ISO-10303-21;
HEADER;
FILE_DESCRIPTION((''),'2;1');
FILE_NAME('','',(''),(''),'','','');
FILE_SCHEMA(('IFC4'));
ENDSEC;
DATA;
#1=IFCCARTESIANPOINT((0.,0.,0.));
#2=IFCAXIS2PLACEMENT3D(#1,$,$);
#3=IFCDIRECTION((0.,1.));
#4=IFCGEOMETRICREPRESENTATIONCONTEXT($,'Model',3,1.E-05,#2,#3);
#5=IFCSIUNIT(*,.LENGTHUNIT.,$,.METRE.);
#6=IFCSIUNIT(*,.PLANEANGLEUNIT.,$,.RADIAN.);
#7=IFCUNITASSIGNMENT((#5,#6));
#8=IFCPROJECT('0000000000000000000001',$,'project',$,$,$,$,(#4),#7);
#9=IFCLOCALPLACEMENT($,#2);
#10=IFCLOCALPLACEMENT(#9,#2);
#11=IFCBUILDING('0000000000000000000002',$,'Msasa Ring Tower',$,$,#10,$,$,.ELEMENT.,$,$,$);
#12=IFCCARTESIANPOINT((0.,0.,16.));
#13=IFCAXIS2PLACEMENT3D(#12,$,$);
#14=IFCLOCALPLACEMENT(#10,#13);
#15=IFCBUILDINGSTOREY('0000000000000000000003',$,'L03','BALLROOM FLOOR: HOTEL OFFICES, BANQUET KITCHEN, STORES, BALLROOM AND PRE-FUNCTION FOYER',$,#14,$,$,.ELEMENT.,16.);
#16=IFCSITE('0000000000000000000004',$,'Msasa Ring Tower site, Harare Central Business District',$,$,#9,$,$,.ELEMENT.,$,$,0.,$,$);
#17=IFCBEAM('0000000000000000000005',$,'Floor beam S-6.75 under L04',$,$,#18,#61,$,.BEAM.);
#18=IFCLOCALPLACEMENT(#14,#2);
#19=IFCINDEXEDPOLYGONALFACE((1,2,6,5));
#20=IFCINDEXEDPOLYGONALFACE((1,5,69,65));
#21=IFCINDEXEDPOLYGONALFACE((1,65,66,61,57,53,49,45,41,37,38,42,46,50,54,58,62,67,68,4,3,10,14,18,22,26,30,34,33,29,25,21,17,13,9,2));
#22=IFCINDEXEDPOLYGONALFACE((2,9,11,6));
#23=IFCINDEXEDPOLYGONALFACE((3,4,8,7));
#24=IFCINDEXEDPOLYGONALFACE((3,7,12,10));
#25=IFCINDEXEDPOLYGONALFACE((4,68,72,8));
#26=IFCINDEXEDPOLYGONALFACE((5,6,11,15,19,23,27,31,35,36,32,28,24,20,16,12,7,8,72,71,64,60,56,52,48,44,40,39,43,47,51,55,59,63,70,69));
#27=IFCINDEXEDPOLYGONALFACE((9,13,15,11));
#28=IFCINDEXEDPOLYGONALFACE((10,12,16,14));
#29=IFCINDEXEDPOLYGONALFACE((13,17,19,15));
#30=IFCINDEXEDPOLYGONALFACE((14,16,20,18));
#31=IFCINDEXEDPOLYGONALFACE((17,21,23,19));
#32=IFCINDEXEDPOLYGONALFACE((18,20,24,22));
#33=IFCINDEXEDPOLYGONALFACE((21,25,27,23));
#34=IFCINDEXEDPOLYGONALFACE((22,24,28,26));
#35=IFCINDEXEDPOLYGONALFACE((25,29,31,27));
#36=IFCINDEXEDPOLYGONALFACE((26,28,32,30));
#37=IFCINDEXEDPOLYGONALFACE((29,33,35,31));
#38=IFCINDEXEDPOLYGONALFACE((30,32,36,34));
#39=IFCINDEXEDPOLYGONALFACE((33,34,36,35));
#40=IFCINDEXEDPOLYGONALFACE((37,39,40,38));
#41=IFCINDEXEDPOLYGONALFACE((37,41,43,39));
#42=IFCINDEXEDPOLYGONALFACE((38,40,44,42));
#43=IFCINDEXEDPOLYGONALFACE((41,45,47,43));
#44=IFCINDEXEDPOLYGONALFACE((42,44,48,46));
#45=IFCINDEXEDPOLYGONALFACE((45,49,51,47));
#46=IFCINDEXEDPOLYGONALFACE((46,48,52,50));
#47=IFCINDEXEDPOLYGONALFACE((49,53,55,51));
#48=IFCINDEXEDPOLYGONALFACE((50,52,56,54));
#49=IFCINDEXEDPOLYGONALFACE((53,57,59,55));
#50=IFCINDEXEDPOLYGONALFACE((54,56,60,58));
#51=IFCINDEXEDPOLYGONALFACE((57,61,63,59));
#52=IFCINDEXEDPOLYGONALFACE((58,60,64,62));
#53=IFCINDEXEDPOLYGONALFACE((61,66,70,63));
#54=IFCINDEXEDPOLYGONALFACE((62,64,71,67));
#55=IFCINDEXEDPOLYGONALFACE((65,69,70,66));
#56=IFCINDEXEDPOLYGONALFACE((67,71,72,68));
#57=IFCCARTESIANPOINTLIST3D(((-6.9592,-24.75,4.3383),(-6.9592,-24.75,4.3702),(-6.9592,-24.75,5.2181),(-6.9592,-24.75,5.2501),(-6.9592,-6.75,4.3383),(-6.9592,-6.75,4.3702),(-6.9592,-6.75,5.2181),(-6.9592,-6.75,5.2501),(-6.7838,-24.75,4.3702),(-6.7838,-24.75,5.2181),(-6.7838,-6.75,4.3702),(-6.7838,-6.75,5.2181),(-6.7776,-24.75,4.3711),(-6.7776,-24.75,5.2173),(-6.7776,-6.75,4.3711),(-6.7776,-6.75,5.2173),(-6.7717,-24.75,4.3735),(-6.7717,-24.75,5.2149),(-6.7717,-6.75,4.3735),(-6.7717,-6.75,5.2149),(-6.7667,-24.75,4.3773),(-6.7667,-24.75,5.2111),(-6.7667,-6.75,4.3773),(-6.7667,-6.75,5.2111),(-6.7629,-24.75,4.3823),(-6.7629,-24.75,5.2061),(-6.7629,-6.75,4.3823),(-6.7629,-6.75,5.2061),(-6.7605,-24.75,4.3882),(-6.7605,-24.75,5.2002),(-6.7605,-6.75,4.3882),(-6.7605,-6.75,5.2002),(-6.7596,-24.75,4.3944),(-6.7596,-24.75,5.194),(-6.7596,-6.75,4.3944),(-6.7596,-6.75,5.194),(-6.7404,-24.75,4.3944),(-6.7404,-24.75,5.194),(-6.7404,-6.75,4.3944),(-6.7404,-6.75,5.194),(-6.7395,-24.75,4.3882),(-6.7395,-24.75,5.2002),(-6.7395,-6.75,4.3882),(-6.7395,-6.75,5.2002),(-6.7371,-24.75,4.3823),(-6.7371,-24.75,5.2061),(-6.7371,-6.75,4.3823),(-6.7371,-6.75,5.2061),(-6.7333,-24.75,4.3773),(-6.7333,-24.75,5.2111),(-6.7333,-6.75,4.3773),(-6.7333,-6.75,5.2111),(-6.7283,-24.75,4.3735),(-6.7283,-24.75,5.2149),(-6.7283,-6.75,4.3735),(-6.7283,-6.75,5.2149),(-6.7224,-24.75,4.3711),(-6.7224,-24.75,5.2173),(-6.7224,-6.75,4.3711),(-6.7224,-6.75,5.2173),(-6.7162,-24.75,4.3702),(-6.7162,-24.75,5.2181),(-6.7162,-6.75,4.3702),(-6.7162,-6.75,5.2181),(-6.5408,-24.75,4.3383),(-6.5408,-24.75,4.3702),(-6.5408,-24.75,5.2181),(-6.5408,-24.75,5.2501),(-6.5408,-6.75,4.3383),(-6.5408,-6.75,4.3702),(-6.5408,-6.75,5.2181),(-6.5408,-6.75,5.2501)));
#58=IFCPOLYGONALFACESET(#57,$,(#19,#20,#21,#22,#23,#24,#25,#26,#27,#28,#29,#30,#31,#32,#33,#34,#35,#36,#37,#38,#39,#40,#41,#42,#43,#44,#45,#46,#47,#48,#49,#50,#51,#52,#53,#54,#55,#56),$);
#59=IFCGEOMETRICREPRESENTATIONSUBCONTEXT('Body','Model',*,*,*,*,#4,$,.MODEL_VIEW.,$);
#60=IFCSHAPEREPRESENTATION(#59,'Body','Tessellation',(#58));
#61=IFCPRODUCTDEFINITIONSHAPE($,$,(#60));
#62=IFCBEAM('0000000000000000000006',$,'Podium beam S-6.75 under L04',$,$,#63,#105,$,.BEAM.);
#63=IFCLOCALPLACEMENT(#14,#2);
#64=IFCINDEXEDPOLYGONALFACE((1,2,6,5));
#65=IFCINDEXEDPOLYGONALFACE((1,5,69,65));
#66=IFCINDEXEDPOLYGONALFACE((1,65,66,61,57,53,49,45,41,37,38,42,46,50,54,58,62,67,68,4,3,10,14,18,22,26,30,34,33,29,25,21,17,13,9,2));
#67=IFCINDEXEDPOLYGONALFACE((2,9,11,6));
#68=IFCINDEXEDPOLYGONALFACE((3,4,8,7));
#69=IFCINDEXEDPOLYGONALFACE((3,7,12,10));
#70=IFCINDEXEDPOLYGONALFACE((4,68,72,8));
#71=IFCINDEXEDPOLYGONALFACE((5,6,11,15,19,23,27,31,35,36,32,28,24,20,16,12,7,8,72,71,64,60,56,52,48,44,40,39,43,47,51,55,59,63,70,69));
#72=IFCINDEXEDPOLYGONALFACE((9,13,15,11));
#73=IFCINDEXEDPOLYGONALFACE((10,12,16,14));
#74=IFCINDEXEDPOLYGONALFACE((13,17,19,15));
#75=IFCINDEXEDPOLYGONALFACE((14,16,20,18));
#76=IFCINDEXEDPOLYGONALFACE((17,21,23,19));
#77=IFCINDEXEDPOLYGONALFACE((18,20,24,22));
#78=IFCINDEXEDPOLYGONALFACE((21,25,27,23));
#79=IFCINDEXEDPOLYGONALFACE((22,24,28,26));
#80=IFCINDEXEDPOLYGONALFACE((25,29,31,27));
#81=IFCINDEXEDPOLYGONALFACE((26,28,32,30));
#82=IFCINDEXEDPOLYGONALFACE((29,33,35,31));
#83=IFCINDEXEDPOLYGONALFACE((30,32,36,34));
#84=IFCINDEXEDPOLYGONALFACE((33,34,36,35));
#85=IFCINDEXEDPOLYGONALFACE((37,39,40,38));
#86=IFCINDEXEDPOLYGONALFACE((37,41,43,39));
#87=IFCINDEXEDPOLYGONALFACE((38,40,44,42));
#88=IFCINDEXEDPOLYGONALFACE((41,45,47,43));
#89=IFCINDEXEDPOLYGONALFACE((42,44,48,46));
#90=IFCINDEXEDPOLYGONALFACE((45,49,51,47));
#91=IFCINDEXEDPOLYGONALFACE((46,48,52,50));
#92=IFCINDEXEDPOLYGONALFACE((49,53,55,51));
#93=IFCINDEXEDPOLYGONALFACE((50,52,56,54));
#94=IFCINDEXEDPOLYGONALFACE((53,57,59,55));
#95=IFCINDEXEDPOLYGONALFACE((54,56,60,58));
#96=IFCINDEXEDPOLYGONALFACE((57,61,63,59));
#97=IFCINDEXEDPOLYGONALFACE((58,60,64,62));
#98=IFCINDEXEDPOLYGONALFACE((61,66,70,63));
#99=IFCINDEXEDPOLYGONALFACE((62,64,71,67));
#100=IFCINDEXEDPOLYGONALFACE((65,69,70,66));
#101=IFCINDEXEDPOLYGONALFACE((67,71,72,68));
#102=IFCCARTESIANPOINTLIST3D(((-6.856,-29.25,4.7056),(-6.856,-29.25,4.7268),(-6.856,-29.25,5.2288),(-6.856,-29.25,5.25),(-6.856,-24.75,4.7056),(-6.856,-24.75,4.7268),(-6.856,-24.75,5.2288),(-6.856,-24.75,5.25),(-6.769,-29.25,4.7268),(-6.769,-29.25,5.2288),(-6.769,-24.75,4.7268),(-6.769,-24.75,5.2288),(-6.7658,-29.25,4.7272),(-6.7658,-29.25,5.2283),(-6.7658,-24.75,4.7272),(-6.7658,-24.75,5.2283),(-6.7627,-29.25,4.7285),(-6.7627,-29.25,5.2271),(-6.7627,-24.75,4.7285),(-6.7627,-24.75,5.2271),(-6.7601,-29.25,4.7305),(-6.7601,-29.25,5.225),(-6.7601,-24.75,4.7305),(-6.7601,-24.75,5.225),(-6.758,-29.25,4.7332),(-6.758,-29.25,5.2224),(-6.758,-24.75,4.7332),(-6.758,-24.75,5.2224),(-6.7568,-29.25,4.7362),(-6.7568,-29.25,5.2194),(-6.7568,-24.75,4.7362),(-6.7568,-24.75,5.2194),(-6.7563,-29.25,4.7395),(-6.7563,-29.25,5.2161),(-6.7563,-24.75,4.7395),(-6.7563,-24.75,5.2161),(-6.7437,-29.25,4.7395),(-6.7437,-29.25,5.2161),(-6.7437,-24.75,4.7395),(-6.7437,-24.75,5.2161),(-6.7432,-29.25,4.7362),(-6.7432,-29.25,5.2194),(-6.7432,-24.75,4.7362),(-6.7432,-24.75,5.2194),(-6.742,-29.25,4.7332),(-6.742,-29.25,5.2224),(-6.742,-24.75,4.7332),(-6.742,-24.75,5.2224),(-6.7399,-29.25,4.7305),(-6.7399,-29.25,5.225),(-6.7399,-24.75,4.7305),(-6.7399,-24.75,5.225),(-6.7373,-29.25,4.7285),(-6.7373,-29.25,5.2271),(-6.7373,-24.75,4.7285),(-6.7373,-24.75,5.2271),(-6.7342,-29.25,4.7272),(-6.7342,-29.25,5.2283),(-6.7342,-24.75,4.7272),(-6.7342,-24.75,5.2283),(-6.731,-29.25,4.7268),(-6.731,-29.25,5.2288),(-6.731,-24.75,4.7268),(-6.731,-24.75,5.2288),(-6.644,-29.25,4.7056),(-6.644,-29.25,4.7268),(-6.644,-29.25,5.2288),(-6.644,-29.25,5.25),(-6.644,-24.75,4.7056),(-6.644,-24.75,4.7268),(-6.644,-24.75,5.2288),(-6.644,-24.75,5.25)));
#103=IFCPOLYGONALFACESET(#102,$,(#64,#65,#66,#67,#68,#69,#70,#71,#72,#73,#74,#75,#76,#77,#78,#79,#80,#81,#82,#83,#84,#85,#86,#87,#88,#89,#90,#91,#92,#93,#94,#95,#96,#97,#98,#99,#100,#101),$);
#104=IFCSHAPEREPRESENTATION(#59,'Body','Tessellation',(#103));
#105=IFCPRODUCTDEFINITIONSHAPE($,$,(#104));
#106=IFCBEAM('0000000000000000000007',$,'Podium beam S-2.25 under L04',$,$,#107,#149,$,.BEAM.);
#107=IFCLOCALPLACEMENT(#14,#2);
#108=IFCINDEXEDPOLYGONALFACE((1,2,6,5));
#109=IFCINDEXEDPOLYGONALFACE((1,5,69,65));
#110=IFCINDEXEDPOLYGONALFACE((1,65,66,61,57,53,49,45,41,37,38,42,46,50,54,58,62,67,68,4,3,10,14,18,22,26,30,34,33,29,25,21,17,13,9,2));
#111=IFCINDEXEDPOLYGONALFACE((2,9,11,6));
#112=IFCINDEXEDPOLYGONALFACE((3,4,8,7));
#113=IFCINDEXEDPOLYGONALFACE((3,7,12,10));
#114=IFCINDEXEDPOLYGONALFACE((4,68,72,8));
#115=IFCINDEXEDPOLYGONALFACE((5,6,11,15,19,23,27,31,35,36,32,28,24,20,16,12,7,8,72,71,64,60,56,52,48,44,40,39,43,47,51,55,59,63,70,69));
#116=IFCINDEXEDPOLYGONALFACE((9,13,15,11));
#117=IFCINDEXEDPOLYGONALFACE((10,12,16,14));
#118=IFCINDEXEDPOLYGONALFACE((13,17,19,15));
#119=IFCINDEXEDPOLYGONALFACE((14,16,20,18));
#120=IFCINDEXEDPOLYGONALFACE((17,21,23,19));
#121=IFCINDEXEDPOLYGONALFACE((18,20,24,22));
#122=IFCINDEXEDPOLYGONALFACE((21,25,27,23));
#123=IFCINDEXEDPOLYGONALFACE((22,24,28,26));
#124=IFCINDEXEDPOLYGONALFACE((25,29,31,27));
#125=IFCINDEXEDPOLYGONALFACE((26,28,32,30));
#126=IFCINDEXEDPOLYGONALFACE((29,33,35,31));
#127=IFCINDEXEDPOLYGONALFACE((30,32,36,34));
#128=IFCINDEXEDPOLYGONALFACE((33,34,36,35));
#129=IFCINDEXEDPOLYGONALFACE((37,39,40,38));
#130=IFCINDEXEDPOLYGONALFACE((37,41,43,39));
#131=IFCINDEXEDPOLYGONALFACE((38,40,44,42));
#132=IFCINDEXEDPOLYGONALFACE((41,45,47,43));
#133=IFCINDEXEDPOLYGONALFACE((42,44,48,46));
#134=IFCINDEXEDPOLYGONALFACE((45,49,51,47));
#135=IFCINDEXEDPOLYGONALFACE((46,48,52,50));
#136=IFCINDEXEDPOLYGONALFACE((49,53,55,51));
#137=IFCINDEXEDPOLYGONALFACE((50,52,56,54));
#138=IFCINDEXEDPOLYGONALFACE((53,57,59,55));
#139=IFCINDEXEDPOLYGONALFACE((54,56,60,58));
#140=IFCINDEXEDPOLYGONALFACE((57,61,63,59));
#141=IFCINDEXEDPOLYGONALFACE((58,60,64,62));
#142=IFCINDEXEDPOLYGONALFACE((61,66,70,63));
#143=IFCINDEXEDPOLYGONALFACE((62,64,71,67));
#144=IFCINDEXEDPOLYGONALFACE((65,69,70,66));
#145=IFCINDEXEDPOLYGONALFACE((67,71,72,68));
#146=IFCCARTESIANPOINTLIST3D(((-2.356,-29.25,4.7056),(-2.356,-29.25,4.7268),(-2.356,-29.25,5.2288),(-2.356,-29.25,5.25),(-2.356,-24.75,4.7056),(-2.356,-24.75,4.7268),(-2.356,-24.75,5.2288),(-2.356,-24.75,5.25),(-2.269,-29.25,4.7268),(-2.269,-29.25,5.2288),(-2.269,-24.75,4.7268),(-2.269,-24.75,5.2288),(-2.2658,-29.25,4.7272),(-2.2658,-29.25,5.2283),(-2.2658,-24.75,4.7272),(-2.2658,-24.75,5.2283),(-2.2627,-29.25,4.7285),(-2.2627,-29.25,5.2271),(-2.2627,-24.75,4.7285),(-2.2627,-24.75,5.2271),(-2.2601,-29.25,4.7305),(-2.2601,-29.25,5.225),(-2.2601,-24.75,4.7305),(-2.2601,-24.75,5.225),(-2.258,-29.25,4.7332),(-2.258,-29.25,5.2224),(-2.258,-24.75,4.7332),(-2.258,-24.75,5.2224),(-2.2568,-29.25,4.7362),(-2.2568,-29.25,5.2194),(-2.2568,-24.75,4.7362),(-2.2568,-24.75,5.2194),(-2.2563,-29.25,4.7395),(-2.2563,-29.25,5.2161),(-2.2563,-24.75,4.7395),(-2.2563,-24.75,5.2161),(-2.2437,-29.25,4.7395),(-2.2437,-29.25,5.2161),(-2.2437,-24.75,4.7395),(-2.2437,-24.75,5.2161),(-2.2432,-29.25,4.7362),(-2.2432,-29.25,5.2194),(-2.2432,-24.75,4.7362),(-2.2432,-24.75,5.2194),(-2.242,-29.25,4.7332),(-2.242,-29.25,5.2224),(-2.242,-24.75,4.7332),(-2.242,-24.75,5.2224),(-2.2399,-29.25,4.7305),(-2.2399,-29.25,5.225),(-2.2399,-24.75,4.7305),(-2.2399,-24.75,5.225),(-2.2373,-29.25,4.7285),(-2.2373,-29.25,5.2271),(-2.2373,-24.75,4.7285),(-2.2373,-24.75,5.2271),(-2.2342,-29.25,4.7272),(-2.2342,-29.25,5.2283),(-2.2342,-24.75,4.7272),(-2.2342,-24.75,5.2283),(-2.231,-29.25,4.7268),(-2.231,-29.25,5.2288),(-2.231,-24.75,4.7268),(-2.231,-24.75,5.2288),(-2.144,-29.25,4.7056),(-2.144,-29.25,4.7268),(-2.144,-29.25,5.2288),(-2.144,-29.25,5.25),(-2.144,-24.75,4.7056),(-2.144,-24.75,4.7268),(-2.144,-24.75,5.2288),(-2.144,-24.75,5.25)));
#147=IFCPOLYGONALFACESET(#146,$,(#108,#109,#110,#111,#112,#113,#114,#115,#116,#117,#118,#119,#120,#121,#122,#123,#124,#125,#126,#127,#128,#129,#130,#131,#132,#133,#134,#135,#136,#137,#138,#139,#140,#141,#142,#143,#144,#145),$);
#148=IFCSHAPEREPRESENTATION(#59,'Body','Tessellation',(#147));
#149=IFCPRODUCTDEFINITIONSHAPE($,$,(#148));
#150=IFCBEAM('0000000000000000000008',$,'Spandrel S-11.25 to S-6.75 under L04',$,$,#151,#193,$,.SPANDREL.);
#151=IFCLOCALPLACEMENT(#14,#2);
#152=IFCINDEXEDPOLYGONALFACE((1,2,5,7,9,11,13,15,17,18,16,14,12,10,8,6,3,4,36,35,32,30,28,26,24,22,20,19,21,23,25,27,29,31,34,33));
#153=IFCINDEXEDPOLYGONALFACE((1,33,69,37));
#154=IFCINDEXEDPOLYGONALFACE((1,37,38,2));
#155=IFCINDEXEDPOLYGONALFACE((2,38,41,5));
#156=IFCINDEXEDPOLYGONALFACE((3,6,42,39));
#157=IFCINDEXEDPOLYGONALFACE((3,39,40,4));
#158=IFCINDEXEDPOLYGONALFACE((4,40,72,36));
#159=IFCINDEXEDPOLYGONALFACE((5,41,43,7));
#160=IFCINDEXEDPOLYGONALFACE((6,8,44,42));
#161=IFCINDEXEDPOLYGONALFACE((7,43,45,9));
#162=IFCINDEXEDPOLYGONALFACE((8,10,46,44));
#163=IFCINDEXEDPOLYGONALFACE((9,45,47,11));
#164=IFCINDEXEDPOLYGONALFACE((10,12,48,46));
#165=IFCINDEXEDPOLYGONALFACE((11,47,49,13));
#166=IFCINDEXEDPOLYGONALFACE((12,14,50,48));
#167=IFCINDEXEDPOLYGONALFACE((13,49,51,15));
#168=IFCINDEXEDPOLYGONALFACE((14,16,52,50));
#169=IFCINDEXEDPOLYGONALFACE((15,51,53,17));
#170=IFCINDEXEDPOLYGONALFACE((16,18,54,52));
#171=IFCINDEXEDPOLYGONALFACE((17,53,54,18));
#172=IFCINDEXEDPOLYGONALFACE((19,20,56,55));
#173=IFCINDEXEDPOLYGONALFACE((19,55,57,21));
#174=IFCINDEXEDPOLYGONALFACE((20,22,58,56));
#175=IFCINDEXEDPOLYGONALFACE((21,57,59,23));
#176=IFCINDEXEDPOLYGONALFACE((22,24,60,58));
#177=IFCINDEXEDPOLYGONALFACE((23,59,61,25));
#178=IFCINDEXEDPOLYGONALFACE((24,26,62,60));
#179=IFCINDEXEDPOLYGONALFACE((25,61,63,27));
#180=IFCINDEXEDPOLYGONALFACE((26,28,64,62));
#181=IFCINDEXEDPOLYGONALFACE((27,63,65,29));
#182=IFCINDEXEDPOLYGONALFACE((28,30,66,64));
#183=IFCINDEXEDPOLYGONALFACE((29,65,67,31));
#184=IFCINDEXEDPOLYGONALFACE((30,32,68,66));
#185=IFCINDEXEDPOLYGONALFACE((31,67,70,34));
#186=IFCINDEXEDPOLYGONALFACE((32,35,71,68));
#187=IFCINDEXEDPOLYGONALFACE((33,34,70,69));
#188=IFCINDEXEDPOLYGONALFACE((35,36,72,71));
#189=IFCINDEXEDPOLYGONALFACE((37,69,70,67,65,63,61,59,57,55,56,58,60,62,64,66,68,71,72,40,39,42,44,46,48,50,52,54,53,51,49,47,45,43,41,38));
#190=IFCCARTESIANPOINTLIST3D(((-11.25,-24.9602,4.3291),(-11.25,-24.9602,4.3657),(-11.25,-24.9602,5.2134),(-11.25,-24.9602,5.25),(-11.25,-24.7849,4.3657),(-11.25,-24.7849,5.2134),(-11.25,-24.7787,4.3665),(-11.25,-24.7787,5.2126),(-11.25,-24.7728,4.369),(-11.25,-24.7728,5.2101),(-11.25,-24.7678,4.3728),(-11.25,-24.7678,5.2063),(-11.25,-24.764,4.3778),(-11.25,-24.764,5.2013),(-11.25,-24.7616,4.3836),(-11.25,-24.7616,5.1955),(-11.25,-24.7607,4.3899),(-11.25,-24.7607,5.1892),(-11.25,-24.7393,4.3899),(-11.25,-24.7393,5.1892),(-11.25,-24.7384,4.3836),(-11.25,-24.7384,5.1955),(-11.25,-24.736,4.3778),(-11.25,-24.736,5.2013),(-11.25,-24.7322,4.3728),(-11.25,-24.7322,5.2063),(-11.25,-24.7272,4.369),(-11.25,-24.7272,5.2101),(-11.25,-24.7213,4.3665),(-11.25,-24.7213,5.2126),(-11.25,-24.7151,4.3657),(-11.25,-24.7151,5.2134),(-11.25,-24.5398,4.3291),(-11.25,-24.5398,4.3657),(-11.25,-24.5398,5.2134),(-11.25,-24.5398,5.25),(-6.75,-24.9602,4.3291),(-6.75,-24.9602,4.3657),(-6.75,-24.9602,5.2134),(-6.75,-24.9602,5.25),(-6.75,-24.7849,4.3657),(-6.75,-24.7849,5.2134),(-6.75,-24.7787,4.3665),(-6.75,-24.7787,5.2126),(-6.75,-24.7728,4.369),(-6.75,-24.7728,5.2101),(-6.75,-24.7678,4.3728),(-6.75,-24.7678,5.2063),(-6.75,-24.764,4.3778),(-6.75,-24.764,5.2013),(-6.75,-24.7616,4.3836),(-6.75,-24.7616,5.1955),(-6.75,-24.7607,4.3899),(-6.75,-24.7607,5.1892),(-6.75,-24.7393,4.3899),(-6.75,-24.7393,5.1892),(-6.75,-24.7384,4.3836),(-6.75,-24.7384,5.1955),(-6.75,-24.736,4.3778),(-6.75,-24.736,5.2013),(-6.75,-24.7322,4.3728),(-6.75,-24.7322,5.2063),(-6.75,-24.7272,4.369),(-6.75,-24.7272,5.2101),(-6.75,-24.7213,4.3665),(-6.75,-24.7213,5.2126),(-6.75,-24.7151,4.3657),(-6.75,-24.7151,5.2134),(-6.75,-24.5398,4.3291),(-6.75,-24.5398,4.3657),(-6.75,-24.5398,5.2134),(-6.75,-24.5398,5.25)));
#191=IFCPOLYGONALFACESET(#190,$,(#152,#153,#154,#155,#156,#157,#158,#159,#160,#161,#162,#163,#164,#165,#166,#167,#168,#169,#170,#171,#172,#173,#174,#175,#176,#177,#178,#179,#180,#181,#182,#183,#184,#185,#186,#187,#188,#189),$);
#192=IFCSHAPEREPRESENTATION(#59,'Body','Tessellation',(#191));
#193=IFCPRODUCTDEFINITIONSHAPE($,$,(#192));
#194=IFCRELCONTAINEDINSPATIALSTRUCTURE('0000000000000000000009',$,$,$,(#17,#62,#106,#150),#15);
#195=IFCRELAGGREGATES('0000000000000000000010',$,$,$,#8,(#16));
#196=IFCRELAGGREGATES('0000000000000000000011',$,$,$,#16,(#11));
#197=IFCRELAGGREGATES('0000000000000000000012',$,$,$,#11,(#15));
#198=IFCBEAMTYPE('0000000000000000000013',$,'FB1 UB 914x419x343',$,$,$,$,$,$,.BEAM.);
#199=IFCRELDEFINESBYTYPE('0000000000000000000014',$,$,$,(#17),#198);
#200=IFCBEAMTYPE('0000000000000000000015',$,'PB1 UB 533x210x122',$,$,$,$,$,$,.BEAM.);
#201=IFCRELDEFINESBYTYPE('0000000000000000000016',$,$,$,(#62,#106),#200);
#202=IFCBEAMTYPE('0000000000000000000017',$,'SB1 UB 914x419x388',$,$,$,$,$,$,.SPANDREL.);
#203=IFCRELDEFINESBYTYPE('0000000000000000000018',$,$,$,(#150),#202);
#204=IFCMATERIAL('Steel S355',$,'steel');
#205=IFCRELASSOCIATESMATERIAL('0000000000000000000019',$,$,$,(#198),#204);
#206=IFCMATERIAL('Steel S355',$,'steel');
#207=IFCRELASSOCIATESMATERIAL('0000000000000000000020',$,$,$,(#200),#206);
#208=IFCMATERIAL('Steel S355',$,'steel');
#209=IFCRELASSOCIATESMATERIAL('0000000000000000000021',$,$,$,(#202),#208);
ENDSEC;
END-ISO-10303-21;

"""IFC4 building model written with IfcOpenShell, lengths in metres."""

from ifc_helpers import new_model, si_unit, direction, frame, origin, origin_2d, place, context, subcontext, project, spatial, i_section, extrude, material, material_profile, profile_set, type_object, element, save


model = new_model("IFC4")

# Units and contexts
model_context = context("Model", 3, precision=1e-05, world=origin(), true_north=direction((0.0, 1.0)))
body_context = subcontext(model_context, "Body", "Model", "MODEL_VIEW")
ifc_project = project(units=[si_unit("LENGTHUNIT", "METRE"), si_unit("PLANEANGLEUNIT", "RADIAN")], contexts=[model_context])

# Site, building, storey
site_placement = place(None, origin())
site = spatial("IfcSite", under=ifc_project, at=site_placement, Name="Msasa Ring Tower site, Harare Central Business District", CompositionType="ELEMENT", RefElevation=0.0)
building_placement = place(site_placement, origin())
building = spatial("IfcBuilding", under=site, at=building_placement, Name="Msasa Ring Tower", CompositionType="ELEMENT")
storey_placement = place(building_placement, frame((0.0, 0.0, 16.0)))
storey = spatial("IfcBuildingStorey", under=building, at=storey_placement, Name="L03", Description="BALLROOM FLOOR: HOTEL OFFICES, BANQUET KITCHEN, STORES, BALLROOM AND PRE-FUNCTION FOYER", CompositionType="ELEMENT", Elevation=16.0)

# Beams
ifc_material_1 = material(Name="Steel S355", Category="steel")
ifc_material_profile_1 = material_profile(ifc_material_1, i_section(OverallWidth=0.4185, OverallDepth=0.9119, WebThickness=0.0193, FlangeThickness=0.032, FilletRadius=0.0242, at=origin_2d()), Name="UB 914x419x343")
ifc_profile_set_1 = profile_set([ifc_material_profile_1], Name="Steel S355")
beam_type_1 = type_object("IfcBeamType", Name="FB1 UB 914x419x343", PredefinedType="BEAM", material=ifc_profile_set_1)
beam_1_placement = place(storey_placement, frame((-6.75, -24.75, 4.7942), z_axis=(0.0, 1.0, 0.0), x_axis=(-1.0, 0.0, 0.0)))
element("IfcBeam", 1, at=beam_1_placement, inside=storey, type_object=beam_type_1, Name="Floor beam S-6.75 under L04", PredefinedType="BEAM", context=body_context, shape_type="SweptSolid", body=[
    extrude(i_section(OverallWidth=0.4185, OverallDepth=0.9119, WebThickness=0.0193, FlangeThickness=0.032, FilletRadius=0.0242, at=origin_2d()), origin(), (0.0, 0.0, 1.0), 18.0),
])
ifc_material_2 = material(Name="Steel S355", Category="steel")
ifc_material_profile_2 = material_profile(ifc_material_2, i_section(OverallWidth=0.2119, OverallDepth=0.5444, WebThickness=0.0127, FlangeThickness=0.0212, FilletRadius=0.0127, at=origin_2d()), Name="UB 533x210x122")
ifc_profile_set_2 = profile_set([ifc_material_profile_2], Name="Steel S355")
beam_type_2 = type_object("IfcBeamType", Name="PB1 UB 533x210x122", PredefinedType="BEAM", material=ifc_profile_set_2)
for number, where, z_axis, x_axis, name in (
    (2, (-6.75, -29.25, 4.9778), (0.0, 1.0, 0.0), (-1.0, 0.0, 0.0), "Podium beam S-6.75 under L04"),
    (3, (-2.25, -29.25, 4.9778), (0.0, 1.0, 0.0), (-1.0, 0.0, 0.0), "Podium beam S-2.25 under L04"),
):
    element("IfcBeam", number, at=place(storey_placement, frame(where, z_axis=z_axis, x_axis=x_axis)), inside=storey, type_object=beam_type_2, Name=name, PredefinedType="BEAM", context=body_context, shape_type="SweptSolid", body=[
        extrude(i_section(OverallWidth=0.2119, OverallDepth=0.5444, WebThickness=0.0127, FlangeThickness=0.0212, FilletRadius=0.0127, at=origin_2d()), origin(), (0.0, 0.0, 1.0), 4.5),
    ])
ifc_material_3 = material(Name="Steel S355", Category="steel")
ifc_material_profile_3 = material_profile(ifc_material_3, i_section(OverallWidth=0.4204, OverallDepth=0.9209, WebThickness=0.0215, FlangeThickness=0.0366, FilletRadius=0.0242, at=origin_2d()), Name="UB 914x419x388")
ifc_profile_set_3 = profile_set([ifc_material_profile_3], Name="Steel S355")
beam_type_3 = type_object("IfcBeamType", Name="SB1 UB 914x419x388", PredefinedType="SPANDREL", material=ifc_profile_set_3)
for number, where, z_axis, x_axis, name in (
    (4, (-11.25, -24.75, 4.7896), (1.0, 0.0, 0.0), (0.0, 1.0, 0.0), "Spandrel S-11.25 to S-6.75 under L04"),
):
    element("IfcBeam", number, at=place(storey_placement, frame(where, z_axis=z_axis, x_axis=x_axis)), inside=storey, type_object=beam_type_3, Name=name, PredefinedType="SPANDREL", context=body_context, shape_type="SweptSolid", body=[
        extrude(i_section(OverallWidth=0.4204, OverallDepth=0.9209, WebThickness=0.0215, FlangeThickness=0.0366, FilletRadius=0.0242, at=origin_2d()), origin(), (0.0, 0.0, 1.0), 4.5),
    ])

save(model, "model.ifc")
